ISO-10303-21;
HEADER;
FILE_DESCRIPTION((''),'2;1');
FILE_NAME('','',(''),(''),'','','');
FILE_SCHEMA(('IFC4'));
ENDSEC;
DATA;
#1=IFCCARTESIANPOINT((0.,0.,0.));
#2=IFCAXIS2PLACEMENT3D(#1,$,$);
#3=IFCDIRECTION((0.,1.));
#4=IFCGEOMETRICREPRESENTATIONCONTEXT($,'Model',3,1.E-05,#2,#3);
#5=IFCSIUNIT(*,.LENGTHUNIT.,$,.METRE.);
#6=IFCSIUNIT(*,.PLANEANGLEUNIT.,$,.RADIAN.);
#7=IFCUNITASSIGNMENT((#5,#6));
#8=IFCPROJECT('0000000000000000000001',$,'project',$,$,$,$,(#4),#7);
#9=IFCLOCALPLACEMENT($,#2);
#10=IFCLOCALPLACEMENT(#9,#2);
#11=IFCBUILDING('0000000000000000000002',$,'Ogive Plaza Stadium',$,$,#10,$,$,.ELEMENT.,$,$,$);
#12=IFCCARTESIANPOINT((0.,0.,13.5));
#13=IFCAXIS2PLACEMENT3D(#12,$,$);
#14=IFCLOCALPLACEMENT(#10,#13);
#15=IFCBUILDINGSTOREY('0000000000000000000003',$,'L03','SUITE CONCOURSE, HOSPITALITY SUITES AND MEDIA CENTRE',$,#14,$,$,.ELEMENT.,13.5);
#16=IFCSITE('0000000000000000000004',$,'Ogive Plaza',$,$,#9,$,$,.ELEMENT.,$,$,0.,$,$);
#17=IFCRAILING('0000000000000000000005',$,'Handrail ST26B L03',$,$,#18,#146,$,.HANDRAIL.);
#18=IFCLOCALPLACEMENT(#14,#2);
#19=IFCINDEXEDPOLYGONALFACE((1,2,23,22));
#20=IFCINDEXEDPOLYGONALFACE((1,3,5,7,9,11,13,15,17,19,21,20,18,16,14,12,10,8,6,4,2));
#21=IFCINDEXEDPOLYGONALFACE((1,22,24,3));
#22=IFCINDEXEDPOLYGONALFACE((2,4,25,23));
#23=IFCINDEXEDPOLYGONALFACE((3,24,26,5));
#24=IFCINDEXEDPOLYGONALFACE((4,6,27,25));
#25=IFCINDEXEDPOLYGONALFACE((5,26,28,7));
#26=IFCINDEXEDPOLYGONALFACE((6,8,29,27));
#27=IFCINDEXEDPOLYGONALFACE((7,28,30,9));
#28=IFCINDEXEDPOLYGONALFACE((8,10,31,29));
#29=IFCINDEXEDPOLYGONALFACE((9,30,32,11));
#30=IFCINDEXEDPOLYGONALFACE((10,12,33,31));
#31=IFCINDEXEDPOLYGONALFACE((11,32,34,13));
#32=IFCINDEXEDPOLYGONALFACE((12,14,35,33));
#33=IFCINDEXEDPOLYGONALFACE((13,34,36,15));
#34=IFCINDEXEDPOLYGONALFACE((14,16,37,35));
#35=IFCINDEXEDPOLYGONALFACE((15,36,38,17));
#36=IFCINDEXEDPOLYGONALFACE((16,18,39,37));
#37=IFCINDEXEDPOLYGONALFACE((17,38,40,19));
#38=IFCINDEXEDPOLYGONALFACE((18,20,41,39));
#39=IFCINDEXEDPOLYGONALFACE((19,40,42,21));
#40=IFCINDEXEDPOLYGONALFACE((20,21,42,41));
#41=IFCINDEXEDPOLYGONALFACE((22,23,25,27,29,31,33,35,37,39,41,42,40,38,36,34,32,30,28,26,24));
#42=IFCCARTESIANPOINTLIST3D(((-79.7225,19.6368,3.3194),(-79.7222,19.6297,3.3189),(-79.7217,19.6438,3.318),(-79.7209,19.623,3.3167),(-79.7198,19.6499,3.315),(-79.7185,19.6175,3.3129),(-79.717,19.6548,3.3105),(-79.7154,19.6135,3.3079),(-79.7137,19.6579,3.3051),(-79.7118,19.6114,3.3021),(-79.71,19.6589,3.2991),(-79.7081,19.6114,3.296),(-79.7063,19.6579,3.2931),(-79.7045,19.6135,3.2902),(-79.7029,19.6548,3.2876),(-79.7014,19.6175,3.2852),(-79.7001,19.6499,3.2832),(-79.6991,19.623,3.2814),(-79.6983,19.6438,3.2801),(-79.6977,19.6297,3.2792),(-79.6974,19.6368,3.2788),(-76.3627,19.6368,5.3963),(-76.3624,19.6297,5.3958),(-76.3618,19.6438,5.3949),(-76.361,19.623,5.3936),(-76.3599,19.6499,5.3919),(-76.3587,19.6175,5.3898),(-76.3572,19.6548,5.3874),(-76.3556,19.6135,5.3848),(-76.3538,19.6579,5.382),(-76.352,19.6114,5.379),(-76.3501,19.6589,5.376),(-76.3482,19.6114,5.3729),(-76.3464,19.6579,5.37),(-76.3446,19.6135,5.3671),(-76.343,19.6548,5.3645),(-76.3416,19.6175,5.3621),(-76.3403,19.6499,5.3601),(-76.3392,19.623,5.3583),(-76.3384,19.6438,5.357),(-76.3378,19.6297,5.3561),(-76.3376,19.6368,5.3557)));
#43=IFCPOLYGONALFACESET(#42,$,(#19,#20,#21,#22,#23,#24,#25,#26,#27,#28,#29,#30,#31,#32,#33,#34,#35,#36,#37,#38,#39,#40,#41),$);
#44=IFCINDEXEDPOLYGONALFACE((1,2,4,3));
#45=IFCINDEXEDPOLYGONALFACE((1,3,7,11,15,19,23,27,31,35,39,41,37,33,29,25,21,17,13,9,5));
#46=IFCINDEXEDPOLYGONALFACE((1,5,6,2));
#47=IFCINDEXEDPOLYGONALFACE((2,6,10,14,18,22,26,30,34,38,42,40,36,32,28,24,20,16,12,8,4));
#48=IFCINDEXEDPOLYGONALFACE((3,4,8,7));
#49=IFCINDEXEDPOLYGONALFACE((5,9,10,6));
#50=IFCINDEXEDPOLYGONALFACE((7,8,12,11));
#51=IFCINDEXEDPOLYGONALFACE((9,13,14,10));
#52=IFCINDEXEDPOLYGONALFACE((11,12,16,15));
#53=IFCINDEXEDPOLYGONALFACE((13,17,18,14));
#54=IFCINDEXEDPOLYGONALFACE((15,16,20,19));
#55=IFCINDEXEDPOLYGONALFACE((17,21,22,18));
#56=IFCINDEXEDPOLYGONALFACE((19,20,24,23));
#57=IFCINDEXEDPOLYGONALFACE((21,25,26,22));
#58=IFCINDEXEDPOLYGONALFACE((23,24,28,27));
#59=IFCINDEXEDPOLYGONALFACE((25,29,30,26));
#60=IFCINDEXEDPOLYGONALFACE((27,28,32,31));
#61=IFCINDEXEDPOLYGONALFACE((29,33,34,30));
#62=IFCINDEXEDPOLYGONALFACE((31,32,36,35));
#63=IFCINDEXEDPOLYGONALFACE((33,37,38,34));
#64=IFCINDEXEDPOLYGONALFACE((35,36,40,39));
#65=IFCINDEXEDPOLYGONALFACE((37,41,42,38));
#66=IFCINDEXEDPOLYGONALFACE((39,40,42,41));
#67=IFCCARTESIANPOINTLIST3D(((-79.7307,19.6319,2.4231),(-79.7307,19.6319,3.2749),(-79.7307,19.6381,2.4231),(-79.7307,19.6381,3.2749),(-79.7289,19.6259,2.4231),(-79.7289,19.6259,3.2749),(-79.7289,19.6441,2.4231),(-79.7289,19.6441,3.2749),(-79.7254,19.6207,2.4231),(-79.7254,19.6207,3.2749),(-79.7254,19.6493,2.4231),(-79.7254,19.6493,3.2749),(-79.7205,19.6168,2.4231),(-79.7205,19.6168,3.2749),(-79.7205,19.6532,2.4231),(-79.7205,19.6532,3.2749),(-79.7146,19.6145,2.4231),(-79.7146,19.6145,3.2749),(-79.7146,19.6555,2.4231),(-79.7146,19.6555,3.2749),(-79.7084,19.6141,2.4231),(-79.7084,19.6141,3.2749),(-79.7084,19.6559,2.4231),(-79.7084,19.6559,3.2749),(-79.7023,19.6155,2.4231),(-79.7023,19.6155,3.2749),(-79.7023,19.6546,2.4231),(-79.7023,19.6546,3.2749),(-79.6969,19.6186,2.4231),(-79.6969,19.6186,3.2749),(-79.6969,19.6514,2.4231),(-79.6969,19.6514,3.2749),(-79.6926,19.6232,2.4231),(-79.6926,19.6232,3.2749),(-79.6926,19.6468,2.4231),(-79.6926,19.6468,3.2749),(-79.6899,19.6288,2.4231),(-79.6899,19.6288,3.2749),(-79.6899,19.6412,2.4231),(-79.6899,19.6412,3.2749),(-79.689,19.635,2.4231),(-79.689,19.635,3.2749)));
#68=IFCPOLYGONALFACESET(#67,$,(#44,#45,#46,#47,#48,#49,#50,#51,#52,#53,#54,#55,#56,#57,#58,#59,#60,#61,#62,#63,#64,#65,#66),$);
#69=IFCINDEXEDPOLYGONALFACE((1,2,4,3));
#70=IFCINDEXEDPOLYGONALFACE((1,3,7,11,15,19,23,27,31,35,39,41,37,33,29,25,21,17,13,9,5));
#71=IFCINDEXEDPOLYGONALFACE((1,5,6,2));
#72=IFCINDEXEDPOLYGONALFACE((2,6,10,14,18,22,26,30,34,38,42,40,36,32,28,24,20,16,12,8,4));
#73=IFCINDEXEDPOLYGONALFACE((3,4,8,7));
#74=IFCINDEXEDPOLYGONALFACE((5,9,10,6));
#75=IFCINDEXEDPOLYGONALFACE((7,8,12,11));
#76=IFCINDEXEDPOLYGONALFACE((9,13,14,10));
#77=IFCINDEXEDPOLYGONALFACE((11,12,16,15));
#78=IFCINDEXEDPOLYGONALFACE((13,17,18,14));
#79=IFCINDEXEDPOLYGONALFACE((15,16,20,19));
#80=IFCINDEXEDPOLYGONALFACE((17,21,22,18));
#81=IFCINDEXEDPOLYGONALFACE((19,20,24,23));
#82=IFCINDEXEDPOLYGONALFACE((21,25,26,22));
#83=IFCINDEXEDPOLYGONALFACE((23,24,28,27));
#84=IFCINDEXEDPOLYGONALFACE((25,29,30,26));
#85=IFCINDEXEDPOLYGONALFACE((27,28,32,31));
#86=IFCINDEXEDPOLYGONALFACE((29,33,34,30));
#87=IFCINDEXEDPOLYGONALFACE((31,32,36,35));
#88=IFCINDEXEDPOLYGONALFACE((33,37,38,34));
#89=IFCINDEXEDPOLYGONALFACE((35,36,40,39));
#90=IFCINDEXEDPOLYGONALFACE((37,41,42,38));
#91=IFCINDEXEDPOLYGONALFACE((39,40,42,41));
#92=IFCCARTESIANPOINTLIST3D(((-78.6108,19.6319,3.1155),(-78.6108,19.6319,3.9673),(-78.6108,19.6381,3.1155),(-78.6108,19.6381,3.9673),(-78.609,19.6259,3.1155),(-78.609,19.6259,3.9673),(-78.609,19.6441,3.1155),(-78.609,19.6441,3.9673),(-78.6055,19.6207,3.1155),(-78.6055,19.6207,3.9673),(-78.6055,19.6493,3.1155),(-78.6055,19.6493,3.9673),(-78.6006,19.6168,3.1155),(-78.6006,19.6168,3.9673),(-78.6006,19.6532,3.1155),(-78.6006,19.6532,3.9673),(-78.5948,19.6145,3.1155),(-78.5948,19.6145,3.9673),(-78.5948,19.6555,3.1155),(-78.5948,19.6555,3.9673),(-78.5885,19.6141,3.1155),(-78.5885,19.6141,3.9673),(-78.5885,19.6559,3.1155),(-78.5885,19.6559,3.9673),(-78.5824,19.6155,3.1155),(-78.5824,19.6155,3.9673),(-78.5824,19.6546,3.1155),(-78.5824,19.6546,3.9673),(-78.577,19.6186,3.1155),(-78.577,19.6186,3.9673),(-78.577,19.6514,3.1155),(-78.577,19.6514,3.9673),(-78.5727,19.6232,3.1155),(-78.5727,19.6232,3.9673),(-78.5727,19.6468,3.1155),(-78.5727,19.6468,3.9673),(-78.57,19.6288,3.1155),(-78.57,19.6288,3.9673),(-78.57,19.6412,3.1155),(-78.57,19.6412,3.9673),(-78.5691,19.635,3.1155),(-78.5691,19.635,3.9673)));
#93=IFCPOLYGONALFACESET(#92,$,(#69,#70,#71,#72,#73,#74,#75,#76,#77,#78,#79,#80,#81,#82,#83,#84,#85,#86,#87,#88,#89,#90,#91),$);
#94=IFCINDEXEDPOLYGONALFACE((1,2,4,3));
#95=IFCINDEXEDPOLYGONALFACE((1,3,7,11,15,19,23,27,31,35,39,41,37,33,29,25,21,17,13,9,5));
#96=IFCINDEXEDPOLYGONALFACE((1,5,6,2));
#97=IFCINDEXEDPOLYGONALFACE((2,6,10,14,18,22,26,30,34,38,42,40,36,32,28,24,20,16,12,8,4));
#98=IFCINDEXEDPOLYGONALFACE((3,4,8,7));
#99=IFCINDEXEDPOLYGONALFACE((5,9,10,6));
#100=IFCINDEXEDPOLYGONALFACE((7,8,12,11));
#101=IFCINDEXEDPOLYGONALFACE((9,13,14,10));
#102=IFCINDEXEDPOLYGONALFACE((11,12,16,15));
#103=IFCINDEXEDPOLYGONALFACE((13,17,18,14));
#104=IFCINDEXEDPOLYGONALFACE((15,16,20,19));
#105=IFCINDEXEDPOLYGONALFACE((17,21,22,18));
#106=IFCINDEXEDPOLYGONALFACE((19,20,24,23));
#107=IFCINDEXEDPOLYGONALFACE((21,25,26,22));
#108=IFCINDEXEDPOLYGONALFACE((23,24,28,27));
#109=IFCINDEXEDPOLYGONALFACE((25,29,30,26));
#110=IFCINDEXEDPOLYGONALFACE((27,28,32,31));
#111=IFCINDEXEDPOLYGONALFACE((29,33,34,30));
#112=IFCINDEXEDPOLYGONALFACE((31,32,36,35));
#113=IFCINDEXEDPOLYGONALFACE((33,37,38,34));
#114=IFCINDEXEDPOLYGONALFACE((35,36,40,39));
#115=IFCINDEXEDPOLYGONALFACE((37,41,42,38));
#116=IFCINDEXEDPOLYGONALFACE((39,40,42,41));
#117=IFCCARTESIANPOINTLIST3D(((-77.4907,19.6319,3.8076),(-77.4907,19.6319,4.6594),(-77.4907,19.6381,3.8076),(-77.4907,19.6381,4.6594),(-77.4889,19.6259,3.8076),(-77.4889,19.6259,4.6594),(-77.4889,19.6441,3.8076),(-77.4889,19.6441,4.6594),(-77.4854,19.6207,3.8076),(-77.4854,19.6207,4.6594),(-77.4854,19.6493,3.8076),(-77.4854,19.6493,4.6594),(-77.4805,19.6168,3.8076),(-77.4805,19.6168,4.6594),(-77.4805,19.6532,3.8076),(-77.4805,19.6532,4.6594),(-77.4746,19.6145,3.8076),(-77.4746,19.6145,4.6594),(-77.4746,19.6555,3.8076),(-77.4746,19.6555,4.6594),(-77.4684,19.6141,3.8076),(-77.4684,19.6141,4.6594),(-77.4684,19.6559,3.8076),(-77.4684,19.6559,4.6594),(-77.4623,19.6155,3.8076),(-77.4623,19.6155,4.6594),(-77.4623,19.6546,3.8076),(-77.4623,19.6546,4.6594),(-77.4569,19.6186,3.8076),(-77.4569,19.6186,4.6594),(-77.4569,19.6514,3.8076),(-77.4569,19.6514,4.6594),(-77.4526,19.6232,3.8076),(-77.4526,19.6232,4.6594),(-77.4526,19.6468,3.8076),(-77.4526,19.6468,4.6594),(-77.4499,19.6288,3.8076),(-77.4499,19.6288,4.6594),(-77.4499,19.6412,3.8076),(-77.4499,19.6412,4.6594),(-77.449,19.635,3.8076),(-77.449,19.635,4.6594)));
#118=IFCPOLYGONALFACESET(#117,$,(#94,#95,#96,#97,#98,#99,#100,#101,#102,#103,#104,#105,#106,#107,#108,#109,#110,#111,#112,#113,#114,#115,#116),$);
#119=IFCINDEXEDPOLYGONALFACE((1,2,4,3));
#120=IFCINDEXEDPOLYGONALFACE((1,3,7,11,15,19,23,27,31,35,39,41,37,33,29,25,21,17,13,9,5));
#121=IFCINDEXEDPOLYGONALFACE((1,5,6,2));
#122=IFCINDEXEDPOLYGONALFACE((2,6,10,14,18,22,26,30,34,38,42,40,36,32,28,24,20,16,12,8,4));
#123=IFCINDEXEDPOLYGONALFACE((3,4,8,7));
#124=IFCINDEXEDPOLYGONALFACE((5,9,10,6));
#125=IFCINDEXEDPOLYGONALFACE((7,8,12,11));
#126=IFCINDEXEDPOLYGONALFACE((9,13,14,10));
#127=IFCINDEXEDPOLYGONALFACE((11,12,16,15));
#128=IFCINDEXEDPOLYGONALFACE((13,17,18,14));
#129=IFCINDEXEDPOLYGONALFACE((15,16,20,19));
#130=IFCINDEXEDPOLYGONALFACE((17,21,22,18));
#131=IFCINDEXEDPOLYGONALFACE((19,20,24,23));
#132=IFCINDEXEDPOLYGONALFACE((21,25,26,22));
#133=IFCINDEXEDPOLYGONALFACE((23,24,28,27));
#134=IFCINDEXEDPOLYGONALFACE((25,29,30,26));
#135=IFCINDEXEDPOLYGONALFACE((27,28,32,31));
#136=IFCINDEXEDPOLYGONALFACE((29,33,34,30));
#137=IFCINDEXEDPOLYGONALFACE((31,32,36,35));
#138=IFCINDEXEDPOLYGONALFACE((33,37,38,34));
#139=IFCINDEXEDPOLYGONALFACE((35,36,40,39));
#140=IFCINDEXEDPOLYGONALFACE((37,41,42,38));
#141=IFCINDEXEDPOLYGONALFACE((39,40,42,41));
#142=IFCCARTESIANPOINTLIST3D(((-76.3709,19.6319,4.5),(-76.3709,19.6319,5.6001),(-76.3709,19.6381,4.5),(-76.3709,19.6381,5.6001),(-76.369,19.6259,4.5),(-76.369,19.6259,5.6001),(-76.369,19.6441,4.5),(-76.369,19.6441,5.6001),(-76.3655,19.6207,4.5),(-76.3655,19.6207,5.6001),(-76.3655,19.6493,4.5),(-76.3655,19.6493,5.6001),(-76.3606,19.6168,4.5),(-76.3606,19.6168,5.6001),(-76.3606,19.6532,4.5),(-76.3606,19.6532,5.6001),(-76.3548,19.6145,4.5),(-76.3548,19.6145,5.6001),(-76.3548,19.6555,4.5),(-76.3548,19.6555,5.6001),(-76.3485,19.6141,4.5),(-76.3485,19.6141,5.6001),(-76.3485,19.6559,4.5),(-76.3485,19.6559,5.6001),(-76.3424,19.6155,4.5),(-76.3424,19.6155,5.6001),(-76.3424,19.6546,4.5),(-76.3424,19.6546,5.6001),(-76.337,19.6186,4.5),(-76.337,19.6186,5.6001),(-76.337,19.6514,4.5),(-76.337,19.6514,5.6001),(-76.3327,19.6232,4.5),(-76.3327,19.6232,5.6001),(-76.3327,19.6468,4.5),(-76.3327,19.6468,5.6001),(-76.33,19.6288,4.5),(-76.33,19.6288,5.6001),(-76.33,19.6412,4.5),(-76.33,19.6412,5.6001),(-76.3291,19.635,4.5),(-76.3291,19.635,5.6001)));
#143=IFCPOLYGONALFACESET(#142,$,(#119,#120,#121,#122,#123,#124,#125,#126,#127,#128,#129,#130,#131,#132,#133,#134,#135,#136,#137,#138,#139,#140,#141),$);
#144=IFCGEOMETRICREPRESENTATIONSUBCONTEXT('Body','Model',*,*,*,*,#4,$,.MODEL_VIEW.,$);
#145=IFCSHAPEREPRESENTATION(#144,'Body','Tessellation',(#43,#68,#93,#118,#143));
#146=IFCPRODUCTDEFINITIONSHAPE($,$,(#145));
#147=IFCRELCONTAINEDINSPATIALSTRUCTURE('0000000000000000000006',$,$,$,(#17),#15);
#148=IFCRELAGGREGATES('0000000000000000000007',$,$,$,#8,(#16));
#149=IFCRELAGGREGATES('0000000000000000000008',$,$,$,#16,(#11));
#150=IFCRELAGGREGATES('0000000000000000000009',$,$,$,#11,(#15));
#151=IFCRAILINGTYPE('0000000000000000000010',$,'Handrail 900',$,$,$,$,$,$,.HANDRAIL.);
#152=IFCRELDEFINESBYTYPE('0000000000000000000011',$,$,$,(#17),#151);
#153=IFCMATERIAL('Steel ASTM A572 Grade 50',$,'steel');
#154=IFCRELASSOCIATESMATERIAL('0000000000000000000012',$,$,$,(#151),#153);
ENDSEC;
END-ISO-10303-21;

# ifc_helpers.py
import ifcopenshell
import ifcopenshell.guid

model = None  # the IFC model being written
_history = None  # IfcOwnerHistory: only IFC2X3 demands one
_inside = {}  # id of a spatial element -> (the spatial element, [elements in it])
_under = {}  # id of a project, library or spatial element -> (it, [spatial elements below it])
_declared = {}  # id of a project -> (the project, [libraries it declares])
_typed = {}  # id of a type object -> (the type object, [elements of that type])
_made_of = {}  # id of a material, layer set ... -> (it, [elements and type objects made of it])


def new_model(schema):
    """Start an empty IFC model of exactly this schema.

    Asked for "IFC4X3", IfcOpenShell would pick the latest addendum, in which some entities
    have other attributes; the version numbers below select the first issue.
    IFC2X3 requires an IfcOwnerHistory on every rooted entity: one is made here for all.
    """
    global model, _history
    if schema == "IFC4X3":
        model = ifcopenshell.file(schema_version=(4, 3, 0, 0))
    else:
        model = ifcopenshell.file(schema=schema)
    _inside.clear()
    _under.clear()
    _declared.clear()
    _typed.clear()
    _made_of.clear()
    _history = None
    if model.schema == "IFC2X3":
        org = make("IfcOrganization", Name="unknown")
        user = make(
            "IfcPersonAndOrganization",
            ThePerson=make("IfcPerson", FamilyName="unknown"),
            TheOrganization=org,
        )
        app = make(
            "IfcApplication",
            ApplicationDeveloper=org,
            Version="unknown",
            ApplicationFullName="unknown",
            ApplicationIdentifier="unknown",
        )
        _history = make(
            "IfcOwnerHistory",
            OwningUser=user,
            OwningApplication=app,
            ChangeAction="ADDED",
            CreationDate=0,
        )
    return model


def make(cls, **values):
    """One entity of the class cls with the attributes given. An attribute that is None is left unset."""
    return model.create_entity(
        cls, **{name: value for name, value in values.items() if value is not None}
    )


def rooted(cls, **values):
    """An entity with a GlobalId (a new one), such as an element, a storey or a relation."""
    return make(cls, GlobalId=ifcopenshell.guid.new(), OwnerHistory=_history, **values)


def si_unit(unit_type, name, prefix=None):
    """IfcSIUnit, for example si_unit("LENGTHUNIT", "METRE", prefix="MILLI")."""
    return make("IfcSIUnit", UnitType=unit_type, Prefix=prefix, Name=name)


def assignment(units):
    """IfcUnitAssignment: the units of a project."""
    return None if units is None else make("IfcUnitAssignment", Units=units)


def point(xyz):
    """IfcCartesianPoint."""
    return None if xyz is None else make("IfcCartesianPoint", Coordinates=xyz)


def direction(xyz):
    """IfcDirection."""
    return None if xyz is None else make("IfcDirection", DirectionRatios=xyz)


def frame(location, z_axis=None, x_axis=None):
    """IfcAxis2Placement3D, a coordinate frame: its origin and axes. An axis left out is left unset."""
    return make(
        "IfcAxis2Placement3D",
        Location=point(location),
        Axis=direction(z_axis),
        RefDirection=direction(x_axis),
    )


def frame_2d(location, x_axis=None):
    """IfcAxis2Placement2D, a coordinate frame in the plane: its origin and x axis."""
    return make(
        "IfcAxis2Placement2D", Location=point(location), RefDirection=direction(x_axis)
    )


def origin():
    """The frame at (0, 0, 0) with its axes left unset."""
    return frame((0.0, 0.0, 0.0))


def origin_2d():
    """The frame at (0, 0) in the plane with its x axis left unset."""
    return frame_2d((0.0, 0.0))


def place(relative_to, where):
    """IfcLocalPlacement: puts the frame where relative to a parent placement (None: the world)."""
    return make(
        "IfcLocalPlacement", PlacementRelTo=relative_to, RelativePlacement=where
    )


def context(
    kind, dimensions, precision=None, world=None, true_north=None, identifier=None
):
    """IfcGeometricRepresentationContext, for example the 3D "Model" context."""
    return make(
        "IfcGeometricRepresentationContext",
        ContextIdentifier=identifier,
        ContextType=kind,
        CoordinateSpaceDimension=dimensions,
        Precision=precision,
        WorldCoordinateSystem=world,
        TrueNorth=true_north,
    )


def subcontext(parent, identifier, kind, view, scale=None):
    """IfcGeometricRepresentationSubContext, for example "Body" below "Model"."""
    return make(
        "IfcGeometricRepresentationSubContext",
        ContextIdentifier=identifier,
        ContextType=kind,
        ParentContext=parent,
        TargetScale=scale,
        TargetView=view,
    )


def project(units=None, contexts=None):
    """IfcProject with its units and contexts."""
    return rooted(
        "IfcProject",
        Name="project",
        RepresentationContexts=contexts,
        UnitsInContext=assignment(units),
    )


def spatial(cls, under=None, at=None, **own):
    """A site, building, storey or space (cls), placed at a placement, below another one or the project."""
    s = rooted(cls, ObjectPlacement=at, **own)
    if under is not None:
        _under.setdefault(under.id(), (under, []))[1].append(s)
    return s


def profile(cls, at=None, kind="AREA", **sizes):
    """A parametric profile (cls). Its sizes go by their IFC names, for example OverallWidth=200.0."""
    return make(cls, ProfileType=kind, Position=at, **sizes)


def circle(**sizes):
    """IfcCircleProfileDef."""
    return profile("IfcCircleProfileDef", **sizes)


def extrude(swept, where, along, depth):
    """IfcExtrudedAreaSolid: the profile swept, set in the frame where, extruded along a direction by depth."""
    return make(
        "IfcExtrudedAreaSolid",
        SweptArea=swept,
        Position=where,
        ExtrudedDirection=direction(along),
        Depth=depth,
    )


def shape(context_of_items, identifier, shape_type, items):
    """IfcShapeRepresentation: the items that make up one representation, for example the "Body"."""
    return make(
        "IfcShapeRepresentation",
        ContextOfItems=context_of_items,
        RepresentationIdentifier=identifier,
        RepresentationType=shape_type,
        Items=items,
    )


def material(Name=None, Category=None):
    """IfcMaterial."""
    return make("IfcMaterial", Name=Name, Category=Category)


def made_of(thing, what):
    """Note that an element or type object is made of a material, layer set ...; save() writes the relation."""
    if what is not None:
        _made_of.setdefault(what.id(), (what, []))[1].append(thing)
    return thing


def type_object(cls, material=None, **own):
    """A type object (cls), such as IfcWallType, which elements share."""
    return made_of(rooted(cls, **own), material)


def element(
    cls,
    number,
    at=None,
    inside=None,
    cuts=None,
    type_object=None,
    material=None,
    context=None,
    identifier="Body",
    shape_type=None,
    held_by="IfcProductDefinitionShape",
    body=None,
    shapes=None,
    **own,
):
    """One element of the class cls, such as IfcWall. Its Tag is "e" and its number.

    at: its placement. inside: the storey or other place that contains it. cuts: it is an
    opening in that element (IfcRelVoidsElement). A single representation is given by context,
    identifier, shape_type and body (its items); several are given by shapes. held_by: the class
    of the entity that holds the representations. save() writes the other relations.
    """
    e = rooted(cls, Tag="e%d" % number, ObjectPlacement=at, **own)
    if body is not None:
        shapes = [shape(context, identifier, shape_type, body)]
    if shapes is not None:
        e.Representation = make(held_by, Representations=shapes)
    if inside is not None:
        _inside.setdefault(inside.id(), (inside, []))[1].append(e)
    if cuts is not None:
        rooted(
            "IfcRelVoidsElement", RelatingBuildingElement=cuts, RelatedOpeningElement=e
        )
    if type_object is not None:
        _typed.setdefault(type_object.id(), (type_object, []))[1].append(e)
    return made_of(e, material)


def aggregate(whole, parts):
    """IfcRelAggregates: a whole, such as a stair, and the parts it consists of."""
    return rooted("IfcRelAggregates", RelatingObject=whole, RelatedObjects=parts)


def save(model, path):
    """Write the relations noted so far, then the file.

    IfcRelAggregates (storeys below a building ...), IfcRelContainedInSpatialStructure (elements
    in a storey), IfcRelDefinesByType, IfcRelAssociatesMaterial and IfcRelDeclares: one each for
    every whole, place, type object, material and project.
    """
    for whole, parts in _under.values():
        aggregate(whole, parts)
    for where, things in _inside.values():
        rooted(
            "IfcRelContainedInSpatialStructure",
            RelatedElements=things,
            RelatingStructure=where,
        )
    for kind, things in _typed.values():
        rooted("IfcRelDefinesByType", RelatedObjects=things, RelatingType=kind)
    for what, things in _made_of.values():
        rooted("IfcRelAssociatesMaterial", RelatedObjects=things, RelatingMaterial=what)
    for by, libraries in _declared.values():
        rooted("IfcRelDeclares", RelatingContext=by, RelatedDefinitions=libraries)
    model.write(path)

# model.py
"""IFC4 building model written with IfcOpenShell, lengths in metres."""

from ifc_helpers import new_model, si_unit, direction, frame, origin, origin_2d, place, context, subcontext, project, spatial, circle, extrude, material, type_object, element, save


model = new_model("IFC4")

# Units and contexts
model_context = context("Model", 3, precision=1e-05, world=origin(), true_north=direction((0.0, 1.0)))
body_context = subcontext(model_context, "Body", "Model", "MODEL_VIEW")
ifc_project = project(units=[si_unit("LENGTHUNIT", "METRE"), si_unit("PLANEANGLEUNIT", "RADIAN")], contexts=[model_context])

# Site, building, storey
site_placement = place(None, origin())
site = spatial("IfcSite", under=ifc_project, at=site_placement, Name="Ogive Plaza", CompositionType="ELEMENT", RefElevation=0.0)
building_placement = place(site_placement, origin())
building = spatial("IfcBuilding", under=site, at=building_placement, Name="Ogive Plaza Stadium", CompositionType="ELEMENT")
storey_placement = place(building_placement, frame((0.0, 0.0, 13.5)))
storey = spatial("IfcBuildingStorey", under=building, at=storey_placement, Name="L03", Description="SUITE CONCOURSE, HOSPITALITY SUITES AND MEDIA CENTRE", CompositionType="ELEMENT", Elevation=13.5)

# Railing
ifc_material_1 = material(Name="Steel ASTM A572 Grade 50", Category="steel")
railing_type_1 = type_object("IfcRailingType", Name="Handrail 900", PredefinedType="HANDRAIL", material=ifc_material_1)
for number, where, name in (
    (1, (-79.71, 19.635, 2.4231), "Handrail ST26B L03"),
):
    element("IfcRailing", number, at=place(storey_placement, frame(where)), inside=storey, type_object=railing_type_1, Name=name, PredefinedType="HANDRAIL", context=body_context, shape_type="SweptSolid", body=[
        extrude(circle(Radius=0.0239, at=origin_2d()), frame((0.0, 0.0, 0.876), z_axis=(0.850606, 0.0, 0.525803), x_axis=(0.0, 1.0, 0.0)), (0.0, 0.0, 1.0), 3.95),
        extrude(circle(Radius=0.021, at=origin_2d()), origin(), (0.0, 0.0, 1.0), 0.8518),
        extrude(circle(Radius=0.021, at=origin_2d()), frame((1.1199, 0.0, 0.6924)), (0.0, 0.0, 1.0), 0.8518),
        extrude(circle(Radius=0.021, at=origin_2d()), frame((2.24, 0.0, 1.3845)), (0.0, 0.0, 1.0), 0.8518),
        extrude(circle(Radius=0.021, at=origin_2d()), frame((3.3599, 0.0, 2.0769)), (0.0, 0.0, 1.0), 1.1001),
    ])

save(model, "model.ifc")
